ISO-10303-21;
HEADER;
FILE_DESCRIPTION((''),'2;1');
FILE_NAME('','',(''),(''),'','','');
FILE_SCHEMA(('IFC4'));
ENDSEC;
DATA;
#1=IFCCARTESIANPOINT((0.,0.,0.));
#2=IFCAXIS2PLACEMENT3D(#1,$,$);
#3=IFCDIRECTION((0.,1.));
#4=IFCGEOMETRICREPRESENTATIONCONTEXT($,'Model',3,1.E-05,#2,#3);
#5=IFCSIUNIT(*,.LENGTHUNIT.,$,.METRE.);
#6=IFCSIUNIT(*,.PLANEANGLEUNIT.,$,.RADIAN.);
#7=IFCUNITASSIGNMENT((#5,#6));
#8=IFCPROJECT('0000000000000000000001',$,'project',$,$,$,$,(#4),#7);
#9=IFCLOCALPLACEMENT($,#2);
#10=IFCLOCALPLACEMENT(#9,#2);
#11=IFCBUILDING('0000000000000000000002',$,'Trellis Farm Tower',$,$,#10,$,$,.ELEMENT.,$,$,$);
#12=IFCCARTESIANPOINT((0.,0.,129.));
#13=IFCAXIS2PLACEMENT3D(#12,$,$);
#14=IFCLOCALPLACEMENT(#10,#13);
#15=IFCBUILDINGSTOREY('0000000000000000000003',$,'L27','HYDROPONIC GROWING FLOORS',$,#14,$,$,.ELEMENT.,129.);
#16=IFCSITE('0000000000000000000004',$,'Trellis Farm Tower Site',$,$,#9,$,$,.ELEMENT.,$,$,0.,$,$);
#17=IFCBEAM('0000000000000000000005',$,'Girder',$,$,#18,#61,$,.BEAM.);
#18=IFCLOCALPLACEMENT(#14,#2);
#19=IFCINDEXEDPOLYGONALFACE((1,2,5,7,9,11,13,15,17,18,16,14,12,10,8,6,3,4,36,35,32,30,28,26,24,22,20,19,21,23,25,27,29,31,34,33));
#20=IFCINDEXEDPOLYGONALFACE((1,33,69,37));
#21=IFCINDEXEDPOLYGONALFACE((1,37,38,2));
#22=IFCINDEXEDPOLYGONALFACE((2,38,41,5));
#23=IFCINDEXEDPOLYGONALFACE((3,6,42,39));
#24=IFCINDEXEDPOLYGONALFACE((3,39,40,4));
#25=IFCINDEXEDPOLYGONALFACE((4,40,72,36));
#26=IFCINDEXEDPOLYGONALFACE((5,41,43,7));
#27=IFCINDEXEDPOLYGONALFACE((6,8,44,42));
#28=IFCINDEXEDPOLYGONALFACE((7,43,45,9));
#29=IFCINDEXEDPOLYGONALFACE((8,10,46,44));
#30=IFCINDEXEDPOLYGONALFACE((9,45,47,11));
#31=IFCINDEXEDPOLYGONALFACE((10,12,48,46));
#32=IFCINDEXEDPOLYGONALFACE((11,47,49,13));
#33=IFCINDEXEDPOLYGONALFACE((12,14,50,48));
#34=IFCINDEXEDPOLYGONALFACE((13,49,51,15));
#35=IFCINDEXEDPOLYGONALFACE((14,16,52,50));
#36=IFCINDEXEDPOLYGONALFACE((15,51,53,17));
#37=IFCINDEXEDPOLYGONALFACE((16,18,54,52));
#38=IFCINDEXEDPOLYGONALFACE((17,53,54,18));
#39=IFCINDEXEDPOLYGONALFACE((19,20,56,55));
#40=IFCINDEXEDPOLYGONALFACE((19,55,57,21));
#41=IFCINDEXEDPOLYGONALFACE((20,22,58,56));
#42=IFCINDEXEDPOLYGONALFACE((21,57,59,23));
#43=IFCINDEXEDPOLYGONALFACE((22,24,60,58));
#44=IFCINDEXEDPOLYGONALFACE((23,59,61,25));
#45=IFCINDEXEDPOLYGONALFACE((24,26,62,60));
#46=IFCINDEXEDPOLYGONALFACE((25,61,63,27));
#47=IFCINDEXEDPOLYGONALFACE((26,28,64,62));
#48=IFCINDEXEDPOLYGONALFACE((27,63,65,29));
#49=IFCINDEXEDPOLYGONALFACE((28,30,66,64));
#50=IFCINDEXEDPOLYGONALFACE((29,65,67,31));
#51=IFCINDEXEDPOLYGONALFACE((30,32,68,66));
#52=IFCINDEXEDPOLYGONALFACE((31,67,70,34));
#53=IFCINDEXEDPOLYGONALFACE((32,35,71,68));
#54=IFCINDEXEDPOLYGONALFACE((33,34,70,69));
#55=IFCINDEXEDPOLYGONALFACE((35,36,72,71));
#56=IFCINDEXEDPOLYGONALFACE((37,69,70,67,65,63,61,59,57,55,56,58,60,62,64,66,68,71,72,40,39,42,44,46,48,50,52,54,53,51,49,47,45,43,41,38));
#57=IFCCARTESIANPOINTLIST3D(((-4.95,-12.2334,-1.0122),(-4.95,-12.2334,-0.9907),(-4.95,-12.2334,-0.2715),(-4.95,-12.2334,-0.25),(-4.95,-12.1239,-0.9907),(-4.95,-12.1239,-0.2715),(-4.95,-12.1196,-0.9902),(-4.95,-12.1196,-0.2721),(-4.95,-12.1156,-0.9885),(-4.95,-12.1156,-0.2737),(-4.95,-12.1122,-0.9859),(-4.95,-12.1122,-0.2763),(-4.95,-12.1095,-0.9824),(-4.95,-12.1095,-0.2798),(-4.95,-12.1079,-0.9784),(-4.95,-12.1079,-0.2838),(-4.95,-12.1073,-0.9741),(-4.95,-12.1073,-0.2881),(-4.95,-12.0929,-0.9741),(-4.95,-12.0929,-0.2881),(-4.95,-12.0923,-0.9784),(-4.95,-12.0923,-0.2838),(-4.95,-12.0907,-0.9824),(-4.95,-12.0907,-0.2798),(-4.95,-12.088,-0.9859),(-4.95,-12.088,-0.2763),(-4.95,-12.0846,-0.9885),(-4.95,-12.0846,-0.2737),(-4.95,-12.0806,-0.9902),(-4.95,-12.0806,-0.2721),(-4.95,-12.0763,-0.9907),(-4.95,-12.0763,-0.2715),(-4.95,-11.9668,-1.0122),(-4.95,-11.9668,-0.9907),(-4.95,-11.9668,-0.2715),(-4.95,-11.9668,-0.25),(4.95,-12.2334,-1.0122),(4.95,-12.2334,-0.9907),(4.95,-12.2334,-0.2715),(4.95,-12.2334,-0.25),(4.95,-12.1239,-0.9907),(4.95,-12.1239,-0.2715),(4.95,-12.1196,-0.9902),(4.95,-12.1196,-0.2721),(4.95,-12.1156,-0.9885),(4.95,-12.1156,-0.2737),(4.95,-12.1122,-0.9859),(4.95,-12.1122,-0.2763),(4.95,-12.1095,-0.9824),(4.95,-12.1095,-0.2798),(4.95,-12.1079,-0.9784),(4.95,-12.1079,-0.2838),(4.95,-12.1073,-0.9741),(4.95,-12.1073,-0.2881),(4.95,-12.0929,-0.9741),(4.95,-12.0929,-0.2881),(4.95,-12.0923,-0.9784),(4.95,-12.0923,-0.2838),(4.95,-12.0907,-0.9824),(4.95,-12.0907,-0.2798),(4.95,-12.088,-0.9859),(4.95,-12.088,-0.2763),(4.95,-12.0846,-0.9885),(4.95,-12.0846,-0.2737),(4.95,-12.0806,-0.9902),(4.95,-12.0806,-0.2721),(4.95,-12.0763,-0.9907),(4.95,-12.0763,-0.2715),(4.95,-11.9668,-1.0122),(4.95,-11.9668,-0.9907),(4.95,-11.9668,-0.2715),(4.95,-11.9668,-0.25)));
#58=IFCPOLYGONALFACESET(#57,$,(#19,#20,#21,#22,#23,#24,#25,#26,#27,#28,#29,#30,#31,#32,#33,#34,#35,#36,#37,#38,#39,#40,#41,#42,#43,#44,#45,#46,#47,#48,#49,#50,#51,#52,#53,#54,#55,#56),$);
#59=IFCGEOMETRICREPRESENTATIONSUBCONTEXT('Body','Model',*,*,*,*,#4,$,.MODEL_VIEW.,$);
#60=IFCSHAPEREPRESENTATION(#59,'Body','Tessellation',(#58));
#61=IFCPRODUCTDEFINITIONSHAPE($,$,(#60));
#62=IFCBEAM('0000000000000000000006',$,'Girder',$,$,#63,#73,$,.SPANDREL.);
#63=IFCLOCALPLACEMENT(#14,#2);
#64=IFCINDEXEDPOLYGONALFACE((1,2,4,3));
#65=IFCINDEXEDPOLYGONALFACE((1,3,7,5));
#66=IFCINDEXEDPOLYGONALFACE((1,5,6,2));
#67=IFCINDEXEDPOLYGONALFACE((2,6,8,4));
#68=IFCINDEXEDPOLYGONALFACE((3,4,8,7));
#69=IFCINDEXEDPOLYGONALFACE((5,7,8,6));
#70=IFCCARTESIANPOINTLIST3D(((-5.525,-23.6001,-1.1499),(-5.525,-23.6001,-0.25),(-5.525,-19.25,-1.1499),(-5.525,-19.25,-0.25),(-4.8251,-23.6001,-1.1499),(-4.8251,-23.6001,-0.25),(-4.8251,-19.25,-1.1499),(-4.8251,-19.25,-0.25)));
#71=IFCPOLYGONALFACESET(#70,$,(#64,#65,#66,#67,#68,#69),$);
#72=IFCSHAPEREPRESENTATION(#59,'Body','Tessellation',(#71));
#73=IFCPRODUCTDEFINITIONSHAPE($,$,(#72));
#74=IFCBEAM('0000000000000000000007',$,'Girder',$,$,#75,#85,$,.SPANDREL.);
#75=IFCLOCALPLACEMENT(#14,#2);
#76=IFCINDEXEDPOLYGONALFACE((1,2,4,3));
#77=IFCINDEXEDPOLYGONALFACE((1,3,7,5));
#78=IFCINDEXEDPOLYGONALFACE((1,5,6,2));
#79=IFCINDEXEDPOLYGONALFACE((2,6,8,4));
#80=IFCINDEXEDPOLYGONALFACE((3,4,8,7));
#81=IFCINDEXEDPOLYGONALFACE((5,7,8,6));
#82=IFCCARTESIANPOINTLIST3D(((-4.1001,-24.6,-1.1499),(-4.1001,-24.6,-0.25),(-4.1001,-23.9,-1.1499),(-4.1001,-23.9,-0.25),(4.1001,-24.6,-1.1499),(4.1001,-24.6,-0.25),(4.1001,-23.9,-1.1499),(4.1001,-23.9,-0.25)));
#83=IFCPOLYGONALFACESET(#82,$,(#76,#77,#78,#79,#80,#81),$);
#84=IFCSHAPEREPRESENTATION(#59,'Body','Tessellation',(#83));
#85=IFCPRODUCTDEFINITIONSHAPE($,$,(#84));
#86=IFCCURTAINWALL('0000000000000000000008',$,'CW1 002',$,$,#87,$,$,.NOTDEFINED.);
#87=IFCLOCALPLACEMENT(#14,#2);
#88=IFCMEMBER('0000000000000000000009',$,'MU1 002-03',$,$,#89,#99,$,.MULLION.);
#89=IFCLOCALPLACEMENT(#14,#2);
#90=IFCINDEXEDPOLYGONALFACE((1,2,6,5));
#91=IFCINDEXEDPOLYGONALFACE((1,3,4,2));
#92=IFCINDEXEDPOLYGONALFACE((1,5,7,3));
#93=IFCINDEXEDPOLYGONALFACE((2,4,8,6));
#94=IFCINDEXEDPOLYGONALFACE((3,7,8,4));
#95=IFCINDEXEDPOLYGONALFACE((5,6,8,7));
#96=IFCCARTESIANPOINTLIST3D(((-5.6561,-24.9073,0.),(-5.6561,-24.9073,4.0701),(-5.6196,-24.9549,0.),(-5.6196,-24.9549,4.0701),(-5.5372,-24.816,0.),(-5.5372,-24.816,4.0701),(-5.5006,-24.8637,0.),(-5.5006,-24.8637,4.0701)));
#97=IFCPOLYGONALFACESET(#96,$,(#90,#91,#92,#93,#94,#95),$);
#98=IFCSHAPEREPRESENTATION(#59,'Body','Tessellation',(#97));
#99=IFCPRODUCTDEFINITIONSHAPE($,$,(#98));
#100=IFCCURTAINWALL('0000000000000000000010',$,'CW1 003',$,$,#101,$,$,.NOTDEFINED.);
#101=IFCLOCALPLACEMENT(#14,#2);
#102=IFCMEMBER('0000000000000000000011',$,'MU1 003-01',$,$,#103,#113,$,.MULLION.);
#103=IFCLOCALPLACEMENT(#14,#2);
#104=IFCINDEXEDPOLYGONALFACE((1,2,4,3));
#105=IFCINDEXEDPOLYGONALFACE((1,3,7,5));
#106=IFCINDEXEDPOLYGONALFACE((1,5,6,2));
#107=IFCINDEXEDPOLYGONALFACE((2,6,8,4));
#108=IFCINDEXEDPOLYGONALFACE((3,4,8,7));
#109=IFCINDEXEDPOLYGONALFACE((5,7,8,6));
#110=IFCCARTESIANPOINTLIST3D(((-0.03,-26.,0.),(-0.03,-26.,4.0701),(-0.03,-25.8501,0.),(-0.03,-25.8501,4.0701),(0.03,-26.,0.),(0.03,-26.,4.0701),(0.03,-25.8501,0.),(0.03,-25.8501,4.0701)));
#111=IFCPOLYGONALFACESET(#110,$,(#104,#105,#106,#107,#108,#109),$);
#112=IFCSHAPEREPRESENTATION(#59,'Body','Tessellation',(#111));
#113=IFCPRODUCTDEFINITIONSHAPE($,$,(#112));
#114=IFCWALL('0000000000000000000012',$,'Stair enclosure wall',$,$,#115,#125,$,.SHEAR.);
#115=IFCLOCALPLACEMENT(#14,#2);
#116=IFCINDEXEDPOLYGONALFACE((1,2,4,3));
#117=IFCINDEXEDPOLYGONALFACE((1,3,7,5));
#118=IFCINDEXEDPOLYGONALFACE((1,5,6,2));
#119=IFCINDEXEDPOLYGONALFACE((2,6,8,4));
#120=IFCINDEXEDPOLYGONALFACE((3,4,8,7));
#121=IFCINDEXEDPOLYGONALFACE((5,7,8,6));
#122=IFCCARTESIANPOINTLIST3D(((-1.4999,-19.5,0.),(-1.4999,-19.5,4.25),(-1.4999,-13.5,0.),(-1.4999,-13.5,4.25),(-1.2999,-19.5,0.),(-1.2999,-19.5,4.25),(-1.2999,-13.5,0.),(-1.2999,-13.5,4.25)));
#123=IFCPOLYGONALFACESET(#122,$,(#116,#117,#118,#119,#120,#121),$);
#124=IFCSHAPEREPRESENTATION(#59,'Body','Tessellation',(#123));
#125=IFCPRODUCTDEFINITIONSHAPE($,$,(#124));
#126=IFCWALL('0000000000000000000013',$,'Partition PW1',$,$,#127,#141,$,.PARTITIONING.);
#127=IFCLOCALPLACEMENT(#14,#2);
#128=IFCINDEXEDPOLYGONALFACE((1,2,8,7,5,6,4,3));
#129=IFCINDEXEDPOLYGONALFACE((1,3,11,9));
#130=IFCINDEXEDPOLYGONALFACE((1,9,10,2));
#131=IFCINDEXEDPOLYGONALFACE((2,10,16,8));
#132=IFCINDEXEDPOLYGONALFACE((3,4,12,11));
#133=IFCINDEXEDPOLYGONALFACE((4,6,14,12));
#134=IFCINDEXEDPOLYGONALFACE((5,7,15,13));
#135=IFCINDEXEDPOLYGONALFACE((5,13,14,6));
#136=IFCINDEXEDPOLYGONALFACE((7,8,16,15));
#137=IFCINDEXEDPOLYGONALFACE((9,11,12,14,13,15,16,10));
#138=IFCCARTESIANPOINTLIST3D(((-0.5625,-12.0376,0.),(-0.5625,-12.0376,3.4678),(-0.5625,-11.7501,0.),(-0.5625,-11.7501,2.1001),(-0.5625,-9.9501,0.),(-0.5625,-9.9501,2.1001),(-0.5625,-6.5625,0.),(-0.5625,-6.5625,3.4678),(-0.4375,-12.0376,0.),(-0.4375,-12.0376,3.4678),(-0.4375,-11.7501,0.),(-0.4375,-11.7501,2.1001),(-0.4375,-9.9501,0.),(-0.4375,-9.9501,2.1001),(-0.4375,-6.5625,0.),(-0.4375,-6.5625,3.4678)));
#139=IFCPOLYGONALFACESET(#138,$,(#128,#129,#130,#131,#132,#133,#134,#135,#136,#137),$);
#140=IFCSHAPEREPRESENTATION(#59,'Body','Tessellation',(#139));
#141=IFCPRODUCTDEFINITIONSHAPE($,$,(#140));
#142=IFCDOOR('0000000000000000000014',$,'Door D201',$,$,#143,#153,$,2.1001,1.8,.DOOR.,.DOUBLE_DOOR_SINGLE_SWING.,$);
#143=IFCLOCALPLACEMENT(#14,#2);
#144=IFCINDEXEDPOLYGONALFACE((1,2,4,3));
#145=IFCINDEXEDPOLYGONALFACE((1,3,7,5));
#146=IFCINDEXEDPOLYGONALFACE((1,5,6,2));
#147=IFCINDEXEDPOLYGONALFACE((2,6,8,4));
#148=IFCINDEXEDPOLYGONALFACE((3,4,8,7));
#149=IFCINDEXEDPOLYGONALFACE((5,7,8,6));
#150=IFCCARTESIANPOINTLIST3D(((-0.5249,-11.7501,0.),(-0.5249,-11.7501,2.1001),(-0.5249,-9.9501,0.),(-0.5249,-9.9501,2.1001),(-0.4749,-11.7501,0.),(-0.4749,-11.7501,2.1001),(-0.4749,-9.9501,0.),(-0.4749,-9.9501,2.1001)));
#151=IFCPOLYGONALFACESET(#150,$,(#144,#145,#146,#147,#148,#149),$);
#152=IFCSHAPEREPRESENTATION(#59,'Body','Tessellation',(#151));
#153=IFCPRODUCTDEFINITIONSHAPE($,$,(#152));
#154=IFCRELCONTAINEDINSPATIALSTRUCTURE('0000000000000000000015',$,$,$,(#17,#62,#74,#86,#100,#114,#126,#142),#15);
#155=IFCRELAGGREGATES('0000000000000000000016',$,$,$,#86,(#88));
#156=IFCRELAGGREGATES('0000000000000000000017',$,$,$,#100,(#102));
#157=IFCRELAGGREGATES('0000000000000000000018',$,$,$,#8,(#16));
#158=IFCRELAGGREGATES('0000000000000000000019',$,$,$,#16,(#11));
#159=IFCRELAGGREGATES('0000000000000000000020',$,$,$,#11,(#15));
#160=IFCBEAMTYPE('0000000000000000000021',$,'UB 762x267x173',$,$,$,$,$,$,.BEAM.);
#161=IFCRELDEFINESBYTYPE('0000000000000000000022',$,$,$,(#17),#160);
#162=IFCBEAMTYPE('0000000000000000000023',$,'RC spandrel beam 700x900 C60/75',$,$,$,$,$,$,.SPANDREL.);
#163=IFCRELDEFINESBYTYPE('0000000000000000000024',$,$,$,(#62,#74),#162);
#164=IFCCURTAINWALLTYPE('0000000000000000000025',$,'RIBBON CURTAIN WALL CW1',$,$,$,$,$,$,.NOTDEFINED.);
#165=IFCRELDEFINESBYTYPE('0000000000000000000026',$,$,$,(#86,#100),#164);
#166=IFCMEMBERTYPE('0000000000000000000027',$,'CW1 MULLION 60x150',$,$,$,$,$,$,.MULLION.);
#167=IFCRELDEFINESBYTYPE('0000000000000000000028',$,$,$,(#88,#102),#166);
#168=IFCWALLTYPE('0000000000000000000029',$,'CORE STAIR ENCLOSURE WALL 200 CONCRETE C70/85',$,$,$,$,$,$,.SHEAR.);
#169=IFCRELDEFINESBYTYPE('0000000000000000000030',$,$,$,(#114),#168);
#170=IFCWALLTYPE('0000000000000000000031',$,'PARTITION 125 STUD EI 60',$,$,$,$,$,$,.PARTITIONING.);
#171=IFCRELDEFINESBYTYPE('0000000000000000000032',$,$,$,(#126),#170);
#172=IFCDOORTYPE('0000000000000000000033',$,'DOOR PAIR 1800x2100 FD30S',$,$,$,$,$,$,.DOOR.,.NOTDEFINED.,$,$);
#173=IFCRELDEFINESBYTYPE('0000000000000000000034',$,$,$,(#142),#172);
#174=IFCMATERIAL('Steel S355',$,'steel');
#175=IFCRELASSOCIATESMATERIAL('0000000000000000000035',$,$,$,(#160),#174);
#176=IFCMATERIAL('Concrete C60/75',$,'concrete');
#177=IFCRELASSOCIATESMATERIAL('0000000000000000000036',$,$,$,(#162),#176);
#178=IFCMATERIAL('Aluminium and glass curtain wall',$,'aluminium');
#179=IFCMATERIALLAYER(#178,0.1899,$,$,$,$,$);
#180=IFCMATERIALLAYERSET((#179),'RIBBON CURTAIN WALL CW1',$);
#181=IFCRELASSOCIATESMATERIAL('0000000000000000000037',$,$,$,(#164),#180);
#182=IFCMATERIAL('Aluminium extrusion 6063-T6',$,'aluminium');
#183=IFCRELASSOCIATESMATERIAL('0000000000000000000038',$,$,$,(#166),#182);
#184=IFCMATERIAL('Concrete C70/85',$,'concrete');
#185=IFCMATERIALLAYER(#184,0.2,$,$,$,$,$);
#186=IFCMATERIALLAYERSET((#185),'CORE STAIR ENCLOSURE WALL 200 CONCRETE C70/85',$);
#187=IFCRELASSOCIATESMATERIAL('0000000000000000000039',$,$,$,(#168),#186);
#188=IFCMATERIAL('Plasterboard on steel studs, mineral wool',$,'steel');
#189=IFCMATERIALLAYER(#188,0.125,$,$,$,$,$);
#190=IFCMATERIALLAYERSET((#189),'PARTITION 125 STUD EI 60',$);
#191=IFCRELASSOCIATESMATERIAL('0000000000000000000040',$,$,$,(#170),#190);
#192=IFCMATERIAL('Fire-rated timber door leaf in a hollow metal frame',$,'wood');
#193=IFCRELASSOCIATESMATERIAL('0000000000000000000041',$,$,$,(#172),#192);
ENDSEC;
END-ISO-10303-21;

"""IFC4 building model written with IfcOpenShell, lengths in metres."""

from ifc_helpers import new_model, si_unit, direction, frame, frame_2d, origin, origin_2d, place, context, subcontext, project, spatial, rectangle, i_section, extrude, source, transform, mapped, material, layer, layer_set, material_profile, profile_set, type_object, element, fill, aggregate, save


model = new_model("IFC4")

# Units and contexts
model_context = context("Model", 3, precision=1e-05, world=origin(), true_north=direction((0.0, 1.0)))
body_context = subcontext(model_context, "Body", "Model", "MODEL_VIEW")
ifc_project = project(units=[si_unit("LENGTHUNIT", "METRE"), si_unit("PLANEANGLEUNIT", "RADIAN")], contexts=[model_context])

# Site, building, storey
site_placement = place(None, origin())
site = spatial("IfcSite", under=ifc_project, at=site_placement, Name="Trellis Farm Tower Site", CompositionType="ELEMENT", RefElevation=0.0)
building_placement = place(site_placement, origin())
building = spatial("IfcBuilding", under=site, at=building_placement, Name="Trellis Farm Tower", CompositionType="ELEMENT")
storey_placement = place(building_placement, frame((0.0, 0.0, 129.0)))
storey = spatial("IfcBuildingStorey", under=building, at=storey_placement, Name="L27", Description="HYDROPONIC GROWING FLOORS", CompositionType="ELEMENT", Elevation=129.0)

# Beams
ifc_material_1 = material(Name="Steel S355", Category="steel")
ifc_material_profile_1 = material_profile(ifc_material_1, i_section(OverallWidth=0.2666, OverallDepth=0.7622, WebThickness=0.0144, FlangeThickness=0.0215, FilletRadius=0.0166, at=origin_2d()), Name="UB 762x267x173")
ifc_profile_set_1 = profile_set([ifc_material_profile_1], Name="Steel S355")
beam_type_1 = type_object("IfcBeamType", Name="UB 762x267x173", PredefinedType="BEAM", material=ifc_profile_set_1)
shared_shape_1 = source(origin(), body_context, "Body", "SweptSolid", [
    extrude(i_section(OverallWidth=0.2666, OverallDepth=0.7622, WebThickness=0.0144, FlangeThickness=0.0215, FilletRadius=0.0166, at=origin_2d()), origin(), (0.0, 0.0, 1.0), 9.8999),
])
beam_1_placement = place(storey_placement, frame((-4.95, -12.1001, -0.6311), z_axis=(1.0, 0.0, 0.0), x_axis=(0.0, 1.0, 0.0)))
element("IfcBeam", 1, at=beam_1_placement, inside=storey, type_object=beam_type_1, Name="Girder", PredefinedType="BEAM", context=body_context, shape_type="MappedRepresentation", body=[
    mapped(shared_shape_1, transform((0.0, 0.0, 0.0))),
])
ifc_material_2 = material(Name="Concrete C60/75", Category="concrete")
ifc_material_profile_2 = material_profile(ifc_material_2, rectangle(XDim=0.7, YDim=0.8999, at=origin_2d()), Name="RC spandrel beam 700x900 C60/75")
ifc_profile_set_2 = profile_set([ifc_material_profile_2], Name="Concrete C60/75")
beam_type_2 = type_object("IfcBeamType", Name="RC spandrel beam 700x900 C60/75", PredefinedType="SPANDREL", material=ifc_profile_set_2)
shared_shape_2 = source(origin(), body_context, "Body", "SweptSolid", [
    extrude(rectangle(XDim=0.7, YDim=0.8999, at=origin_2d()), origin(), (0.0, 0.0, 1.0), 4.3501),
])
beam_2_placement = place(storey_placement, frame((-5.175, -23.6001, -0.7), z_axis=(0.0, 1.0, 0.0), x_axis=(-1.0, 0.0, 0.0)))
element("IfcBeam", 2, at=beam_2_placement, inside=storey, type_object=beam_type_2, Name="Girder", PredefinedType="SPANDREL", context=body_context, shape_type="MappedRepresentation", body=[
    mapped(shared_shape_2, transform((0.0, 0.0, 0.0))),
])
shared_shape_3 = source(origin(), body_context, "Body", "SweptSolid", [
    extrude(rectangle(XDim=0.7, YDim=0.8999, at=origin_2d()), origin(), (0.0, 0.0, 1.0), 8.2002),
])
beam_3_placement = place(storey_placement, frame((-4.1001, -24.25, -0.7), z_axis=(1.0, 0.0, 0.0), x_axis=(0.0, 1.0, 0.0)))
element("IfcBeam", 3, at=beam_3_placement, inside=storey, type_object=beam_type_2, Name="Girder", PredefinedType="SPANDREL", context=body_context, shape_type="MappedRepresentation", body=[
    mapped(shared_shape_3, transform((0.0, 0.0, 0.0))),
])

# Curtain walls, members
ifc_material_3 = material(Name="Aluminium and glass curtain wall", Category="aluminium")
ifc_layer_1 = layer(ifc_material_3, 0.1899)
ifc_layer_set_1 = layer_set([ifc_layer_1], Name="RIBBON CURTAIN WALL CW1")
curtain_wall_type = type_object("IfcCurtainWallType", Name="RIBBON CURTAIN WALL CW1", PredefinedType="NOTDEFINED", material=ifc_layer_set_1)
placement = place(storey_placement, origin())
curtain_wall_1 = element("IfcCurtainWall", 4, at=placement, inside=storey, type_object=curtain_wall_type, Name="CW1 002", PredefinedType="NOTDEFINED")
ifc_material_4 = material(Name="Aluminium extrusion 6063-T6", Category="aluminium")
ifc_material_profile_3 = material_profile(ifc_material_4, rectangle(XDim=0.0601, YDim=0.1499, at=origin_2d()), Name="MULLION 60x150")
ifc_profile_set_3 = profile_set([ifc_material_profile_3], Name="Aluminium extrusion 6063-T6")
member_type = type_object("IfcMemberType", Name="CW1 MULLION 60x150", PredefinedType="MULLION", material=ifc_profile_set_3)
shared_shape_4 = source(origin(), body_context, "Body", "SweptSolid", [
    extrude(rectangle(XDim=0.0601, YDim=0.1499, at=origin_2d()), origin(), (0.0, 0.0, 1.0), 4.0701),
])
member_1_placement = place(storey_placement, frame((-5.5784, -24.8855, 0.0), z_axis=(0.0, 0.0, 1.0), x_axis=(0.608761, -0.793353, 0.0)))
member_1 = element("IfcMember", 5, at=member_1_placement, type_object=member_type, Name="MU1 002-03", PredefinedType="MULLION", context=body_context, shape_type="MappedRepresentation", body=[
    mapped(shared_shape_4, transform((0.0, 0.0, 0.0))),
])
aggregate(curtain_wall_1, [member_1])
curtain_wall_2 = element("IfcCurtainWall", 6, at=placement, inside=storey, type_object=curtain_wall_type, Name="CW1 003", PredefinedType="NOTDEFINED")
member_2_placement = place(storey_placement, frame((0.0, -25.925, 0.0), z_axis=(0.0, 0.0, 1.0), x_axis=(1.0, 0.0, 0.0)))
member_2 = element("IfcMember", 7, at=member_2_placement, type_object=member_type, Name="MU1 003-01", PredefinedType="MULLION", context=body_context, shape_type="MappedRepresentation", body=[
    mapped(shared_shape_4, transform((0.0, 0.0, 0.0))),
])
aggregate(curtain_wall_2, [member_2])

# Wall
ifc_material_5 = material(Name="Concrete C70/85", Category="concrete")
ifc_layer_2 = layer(ifc_material_5, 0.2)
ifc_layer_set_2 = layer_set([ifc_layer_2], Name="CORE STAIR ENCLOSURE WALL 200 CONCRETE C70/85")
wall_type_1 = type_object("IfcWallType", Name="CORE STAIR ENCLOSURE WALL 200 CONCRETE C70/85", PredefinedType="SHEAR", material=ifc_layer_set_2)
shared_shape_5 = source(origin(), body_context, "Body", "SweptSolid", [
    extrude(rectangle(XDim=6.0, YDim=0.2, at=frame_2d((3.0, 0.0))), origin(), (0.0, 0.0, 1.0), 4.25),
])
wall_1_placement = place(storey_placement, frame((-1.3999, -13.5, 0.0), z_axis=(0.0, 0.0, 1.0), x_axis=(0.0, -1.0, 0.0)))
element("IfcWall", 8, at=wall_1_placement, inside=storey, type_object=wall_type_1, Name="Stair enclosure wall", PredefinedType="SHEAR", context=body_context, shape_type="MappedRepresentation", body=[
    mapped(shared_shape_5, transform((0.0, 0.0, 0.0))),
])

# Wall, opening, door
ifc_material_6 = material(Name="Plasterboard on steel studs, mineral wool", Category="steel")
ifc_layer_3 = layer(ifc_material_6, 0.125)
ifc_layer_set_3 = layer_set([ifc_layer_3], Name="PARTITION 125 STUD EI 60")
wall_type_2 = type_object("IfcWallType", Name="PARTITION 125 STUD EI 60", PredefinedType="PARTITIONING", material=ifc_layer_set_3)
shared_shape_6 = source(origin(), body_context, "Body", "SweptSolid", [
    extrude(rectangle(XDim=5.4751, YDim=0.125, at=frame_2d((2.7375, 0.0))), origin(), (0.0, 0.0, 1.0), 3.4678),
])
wall_2_placement = place(storey_placement, frame((-0.5, -12.0376, 0.0), z_axis=(0.0, 0.0, 1.0), x_axis=(0.0, 1.0, 0.0)))
wall_2 = element("IfcWall", 9, at=wall_2_placement, inside=storey, type_object=wall_type_2, Name="Partition PW1", PredefinedType="PARTITIONING", context=body_context, shape_type="MappedRepresentation", body=[
    mapped(shared_shape_6, transform((0.0, 0.0, 0.0))),
])
shared_shape_7 = source(origin(), body_context, "Body", "SweptSolid", [
    extrude(rectangle(XDim=1.8, YDim=2.1001, at=frame_2d((0.8999, 1.05))), frame((0.0, 0.0725, 0.0), z_axis=(0.0, -1.0, 0.0), x_axis=(1.0, 0.0, 0.0)), (0.0, 0.0, 1.0), 0.145),
])
opening_1_placement = place(wall_2_placement, frame((0.2876, 0.0, 0.0)))
opening_1 = element("IfcOpeningElement", 10, at=opening_1_placement, cuts=wall_2, PredefinedType="OPENING", context=body_context, shape_type="MappedRepresentation", body=[
    mapped(shared_shape_7, transform((0.0, 0.0, 0.0))),
])
ifc_material_7 = material(Name="Fire-rated timber door leaf in a hollow metal frame", Category="wood")
door_type_1 = type_object("IfcDoorType", Name="DOOR PAIR 1800x2100 FD30S", OperationType="NOTDEFINED", PredefinedType="DOOR", material=ifc_material_7)
shared_shape_8 = source(origin(), body_context, "Body", "SweptSolid", [
    extrude(rectangle(XDim=1.8, YDim=2.1001, at=frame_2d((0.8999, 1.05))), frame((0.0, 0.0249, 0.0), z_axis=(0.0, -1.0, 0.0), x_axis=(1.0, 0.0, 0.0)), (0.0, 0.0, 1.0), 0.05),
])
door_1_placement = place(opening_1_placement, origin())
door_1 = element("IfcDoor", 11, at=door_1_placement, inside=storey, type_object=door_type_1, Name="Door D201", OperationType="DOUBLE_DOOR_SINGLE_SWING", OverallHeight=2.1001, OverallWidth=1.8, PredefinedType="DOOR", context=body_context, shape_type="MappedRepresentation", body=[
    mapped(shared_shape_8, transform((0.0, 0.0, 0.0))),
])
fill(opening_1, door_1)

save(model, "model.ifc")
